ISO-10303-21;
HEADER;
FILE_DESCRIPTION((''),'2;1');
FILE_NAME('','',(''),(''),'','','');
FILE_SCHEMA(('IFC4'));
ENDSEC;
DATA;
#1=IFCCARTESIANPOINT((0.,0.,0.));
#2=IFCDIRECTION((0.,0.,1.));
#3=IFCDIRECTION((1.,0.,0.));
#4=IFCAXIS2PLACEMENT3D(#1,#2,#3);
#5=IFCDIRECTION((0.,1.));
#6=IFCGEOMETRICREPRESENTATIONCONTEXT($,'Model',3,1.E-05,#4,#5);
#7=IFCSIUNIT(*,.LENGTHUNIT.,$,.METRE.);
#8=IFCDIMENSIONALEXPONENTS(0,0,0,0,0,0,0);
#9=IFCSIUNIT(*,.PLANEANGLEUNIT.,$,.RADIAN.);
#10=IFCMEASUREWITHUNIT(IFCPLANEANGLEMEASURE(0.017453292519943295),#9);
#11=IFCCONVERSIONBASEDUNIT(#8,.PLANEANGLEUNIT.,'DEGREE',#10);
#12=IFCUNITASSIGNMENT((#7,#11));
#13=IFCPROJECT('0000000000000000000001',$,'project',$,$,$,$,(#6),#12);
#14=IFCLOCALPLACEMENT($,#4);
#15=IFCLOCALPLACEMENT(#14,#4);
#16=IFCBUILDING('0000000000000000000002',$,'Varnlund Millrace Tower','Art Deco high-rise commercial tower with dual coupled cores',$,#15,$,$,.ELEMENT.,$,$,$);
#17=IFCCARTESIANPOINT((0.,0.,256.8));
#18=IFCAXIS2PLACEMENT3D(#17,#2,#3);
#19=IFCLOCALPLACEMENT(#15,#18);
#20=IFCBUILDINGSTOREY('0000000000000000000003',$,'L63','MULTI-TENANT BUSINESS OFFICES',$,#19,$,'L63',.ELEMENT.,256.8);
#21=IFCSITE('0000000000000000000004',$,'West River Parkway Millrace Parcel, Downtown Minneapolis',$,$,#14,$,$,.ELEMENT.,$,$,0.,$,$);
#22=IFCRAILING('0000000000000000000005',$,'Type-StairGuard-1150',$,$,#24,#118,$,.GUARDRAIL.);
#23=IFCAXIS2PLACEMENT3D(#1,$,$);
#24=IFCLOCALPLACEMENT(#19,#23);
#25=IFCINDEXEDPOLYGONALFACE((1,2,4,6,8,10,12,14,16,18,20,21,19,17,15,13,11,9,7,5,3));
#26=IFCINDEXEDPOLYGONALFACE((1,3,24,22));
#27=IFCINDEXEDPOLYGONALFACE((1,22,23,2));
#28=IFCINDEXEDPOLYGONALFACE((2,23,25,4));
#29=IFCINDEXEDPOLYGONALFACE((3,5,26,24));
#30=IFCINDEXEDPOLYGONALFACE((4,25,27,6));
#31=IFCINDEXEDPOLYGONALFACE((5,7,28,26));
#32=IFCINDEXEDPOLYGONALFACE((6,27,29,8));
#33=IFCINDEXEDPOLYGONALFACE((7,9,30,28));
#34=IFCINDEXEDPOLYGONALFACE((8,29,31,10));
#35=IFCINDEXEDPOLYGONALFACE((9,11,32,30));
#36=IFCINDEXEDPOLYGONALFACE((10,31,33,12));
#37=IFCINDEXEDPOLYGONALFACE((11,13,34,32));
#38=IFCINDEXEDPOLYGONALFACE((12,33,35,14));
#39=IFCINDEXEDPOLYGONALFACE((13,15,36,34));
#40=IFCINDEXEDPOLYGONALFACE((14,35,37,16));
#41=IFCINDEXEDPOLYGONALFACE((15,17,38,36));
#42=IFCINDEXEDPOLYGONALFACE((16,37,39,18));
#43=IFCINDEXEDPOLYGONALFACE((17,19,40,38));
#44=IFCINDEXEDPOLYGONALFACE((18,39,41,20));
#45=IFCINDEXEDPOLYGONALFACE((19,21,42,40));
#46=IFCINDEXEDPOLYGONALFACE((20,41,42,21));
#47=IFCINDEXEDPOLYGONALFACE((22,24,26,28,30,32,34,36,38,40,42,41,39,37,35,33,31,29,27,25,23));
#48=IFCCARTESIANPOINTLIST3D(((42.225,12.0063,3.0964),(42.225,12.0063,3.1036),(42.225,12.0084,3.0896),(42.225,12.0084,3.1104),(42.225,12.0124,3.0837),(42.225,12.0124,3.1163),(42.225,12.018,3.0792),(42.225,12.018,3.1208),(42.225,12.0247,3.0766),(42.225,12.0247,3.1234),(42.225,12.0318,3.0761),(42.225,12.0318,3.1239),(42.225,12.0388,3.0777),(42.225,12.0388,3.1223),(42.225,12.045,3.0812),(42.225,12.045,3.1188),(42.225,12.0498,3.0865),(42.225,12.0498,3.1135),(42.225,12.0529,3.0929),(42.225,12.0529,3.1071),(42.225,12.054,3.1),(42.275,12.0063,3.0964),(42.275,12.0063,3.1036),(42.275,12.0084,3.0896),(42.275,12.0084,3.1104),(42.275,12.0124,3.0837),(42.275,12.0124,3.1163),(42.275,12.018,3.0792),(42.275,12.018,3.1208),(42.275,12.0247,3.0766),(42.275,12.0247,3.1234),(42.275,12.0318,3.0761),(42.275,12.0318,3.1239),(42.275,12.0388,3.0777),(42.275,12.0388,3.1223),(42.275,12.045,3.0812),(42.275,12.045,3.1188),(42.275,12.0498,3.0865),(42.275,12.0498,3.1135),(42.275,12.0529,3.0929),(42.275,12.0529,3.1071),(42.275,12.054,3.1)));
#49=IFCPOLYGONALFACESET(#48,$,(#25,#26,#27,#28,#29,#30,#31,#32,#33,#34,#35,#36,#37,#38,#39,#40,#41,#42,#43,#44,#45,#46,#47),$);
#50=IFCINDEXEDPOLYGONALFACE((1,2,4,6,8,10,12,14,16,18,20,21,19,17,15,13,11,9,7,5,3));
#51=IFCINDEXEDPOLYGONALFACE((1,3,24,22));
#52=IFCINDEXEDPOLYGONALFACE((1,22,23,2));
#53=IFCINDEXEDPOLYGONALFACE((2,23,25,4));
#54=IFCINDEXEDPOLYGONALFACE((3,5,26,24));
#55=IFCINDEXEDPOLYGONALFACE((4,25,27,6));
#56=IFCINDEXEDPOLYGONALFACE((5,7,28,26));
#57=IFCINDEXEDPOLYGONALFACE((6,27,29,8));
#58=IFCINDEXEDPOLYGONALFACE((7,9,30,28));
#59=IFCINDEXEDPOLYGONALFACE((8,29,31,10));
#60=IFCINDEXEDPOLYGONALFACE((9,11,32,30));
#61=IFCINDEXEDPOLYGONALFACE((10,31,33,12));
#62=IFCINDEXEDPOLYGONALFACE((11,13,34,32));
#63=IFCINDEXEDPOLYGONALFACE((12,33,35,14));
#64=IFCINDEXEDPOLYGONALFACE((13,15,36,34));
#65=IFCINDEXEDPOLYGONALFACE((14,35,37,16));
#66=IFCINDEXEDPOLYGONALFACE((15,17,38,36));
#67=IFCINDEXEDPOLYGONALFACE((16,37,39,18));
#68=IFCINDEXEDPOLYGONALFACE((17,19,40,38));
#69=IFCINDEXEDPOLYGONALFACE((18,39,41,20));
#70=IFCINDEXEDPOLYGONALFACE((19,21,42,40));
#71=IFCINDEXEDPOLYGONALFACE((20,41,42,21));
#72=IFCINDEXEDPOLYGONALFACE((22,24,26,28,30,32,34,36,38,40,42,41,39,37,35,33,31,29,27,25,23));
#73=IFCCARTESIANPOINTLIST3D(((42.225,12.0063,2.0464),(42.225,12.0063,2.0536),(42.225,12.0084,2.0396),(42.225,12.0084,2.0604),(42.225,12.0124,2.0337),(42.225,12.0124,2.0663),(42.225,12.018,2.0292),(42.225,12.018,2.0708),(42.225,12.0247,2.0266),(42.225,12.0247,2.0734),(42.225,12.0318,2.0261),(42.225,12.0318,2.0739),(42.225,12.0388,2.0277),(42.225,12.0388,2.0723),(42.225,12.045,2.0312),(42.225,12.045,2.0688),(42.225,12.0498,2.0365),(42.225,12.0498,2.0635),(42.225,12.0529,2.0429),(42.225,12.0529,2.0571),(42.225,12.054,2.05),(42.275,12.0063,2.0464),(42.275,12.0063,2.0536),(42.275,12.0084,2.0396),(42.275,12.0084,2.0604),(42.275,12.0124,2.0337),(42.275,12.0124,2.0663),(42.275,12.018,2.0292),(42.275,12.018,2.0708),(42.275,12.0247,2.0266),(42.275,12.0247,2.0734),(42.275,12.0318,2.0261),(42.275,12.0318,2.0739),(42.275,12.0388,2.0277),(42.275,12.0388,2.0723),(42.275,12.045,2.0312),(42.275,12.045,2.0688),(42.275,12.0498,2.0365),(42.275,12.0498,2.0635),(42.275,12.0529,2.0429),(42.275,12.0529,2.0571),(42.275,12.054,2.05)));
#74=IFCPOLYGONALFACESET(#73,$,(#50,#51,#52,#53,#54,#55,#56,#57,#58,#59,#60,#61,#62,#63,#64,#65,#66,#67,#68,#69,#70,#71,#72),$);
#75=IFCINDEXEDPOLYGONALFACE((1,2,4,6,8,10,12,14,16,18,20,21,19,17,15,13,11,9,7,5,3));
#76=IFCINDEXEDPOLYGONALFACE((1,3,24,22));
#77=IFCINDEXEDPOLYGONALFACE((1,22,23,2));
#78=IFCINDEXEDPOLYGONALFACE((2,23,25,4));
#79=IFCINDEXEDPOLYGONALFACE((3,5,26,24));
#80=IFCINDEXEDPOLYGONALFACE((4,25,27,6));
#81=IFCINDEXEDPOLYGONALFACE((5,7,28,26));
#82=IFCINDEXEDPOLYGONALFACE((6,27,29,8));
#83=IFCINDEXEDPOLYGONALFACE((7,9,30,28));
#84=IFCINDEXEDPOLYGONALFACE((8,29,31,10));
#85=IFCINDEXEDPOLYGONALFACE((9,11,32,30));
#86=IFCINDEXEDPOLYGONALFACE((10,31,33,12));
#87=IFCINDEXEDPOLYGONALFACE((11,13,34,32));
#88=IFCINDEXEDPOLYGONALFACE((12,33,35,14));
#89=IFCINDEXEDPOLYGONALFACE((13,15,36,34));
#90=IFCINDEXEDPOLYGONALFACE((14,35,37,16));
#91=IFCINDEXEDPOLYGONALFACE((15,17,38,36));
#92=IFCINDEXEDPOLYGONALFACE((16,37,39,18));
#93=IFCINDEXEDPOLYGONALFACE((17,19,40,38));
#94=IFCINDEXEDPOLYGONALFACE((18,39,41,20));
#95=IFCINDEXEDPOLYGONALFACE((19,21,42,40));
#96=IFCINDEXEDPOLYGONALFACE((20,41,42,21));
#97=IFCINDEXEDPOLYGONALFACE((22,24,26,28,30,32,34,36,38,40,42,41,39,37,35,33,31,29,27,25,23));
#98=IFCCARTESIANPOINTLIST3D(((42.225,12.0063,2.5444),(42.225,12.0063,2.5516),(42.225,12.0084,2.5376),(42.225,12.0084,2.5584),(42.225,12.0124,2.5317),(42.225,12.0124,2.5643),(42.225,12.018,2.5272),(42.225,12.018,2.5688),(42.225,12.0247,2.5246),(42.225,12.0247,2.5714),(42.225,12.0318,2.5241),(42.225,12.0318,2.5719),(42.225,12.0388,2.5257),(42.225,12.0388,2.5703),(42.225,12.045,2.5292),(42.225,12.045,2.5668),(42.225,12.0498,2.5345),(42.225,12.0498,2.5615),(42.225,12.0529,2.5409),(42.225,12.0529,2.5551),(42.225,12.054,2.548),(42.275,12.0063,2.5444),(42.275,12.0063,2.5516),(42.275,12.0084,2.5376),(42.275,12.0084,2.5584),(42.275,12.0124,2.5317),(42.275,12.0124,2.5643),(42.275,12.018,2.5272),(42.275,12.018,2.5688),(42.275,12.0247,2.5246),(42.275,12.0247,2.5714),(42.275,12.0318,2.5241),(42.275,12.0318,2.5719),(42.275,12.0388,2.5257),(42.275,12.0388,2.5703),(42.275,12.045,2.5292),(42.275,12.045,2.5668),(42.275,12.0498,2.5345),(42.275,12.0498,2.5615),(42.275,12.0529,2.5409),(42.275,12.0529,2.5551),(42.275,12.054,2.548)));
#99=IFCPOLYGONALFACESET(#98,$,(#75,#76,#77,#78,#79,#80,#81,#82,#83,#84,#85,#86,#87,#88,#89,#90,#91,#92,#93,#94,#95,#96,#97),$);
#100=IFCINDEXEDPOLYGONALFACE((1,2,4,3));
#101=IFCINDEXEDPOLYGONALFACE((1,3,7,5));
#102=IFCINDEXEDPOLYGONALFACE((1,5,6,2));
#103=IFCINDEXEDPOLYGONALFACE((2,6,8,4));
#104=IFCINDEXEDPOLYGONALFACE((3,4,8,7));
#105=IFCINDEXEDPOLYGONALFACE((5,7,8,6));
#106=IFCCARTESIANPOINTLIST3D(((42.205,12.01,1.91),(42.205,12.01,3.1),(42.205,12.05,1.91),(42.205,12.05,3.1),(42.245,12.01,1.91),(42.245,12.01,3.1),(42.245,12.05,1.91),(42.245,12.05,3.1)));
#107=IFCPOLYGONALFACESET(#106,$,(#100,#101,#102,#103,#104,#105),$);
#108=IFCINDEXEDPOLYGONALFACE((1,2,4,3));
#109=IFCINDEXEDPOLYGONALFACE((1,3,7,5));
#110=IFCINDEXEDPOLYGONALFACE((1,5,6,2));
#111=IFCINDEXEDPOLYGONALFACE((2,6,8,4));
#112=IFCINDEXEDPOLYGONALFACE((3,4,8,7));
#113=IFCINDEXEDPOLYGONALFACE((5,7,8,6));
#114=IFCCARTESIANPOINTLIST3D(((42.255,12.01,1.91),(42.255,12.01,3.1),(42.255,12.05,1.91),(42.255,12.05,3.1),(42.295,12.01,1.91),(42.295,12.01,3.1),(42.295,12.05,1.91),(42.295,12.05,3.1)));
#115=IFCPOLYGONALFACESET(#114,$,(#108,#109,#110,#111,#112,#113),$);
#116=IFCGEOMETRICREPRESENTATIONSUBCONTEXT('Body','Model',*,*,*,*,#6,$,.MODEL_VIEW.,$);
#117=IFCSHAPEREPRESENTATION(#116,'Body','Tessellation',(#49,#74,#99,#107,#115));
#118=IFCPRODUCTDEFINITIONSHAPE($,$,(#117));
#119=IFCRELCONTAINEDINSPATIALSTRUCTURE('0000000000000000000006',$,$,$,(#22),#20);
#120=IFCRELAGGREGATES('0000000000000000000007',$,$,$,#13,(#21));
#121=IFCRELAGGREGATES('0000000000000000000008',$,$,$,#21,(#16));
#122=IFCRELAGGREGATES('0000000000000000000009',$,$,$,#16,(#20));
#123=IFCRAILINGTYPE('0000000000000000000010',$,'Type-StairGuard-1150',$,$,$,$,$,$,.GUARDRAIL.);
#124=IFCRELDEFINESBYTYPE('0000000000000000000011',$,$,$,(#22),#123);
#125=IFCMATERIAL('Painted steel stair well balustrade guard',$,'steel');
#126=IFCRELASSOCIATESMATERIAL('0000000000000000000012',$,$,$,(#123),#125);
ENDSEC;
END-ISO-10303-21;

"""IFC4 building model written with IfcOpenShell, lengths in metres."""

from ifc_helpers import new_model, entity, si_unit, converted_unit, direction, frame, origin_with_axes, origin_2d_with_axis, place, context, subcontext, project, spatial, rectangle, circle, extrude, material, type_object, element, save


model = new_model("IFC4")

# Units and contexts
model_context = context("Model", 3, precision=1e-05, world=origin_with_axes(), true_north=direction((0.0, 1.0)))
body_context = subcontext(model_context, "Body", "Model", "MODEL_VIEW")
ifc_project = project(units=[si_unit("LENGTHUNIT", "METRE"), converted_unit("PLANEANGLEUNIT", "DEGREE", entity("IfcPlaneAngleMeasure", 0.017453292519943295), si_unit("PLANEANGLEUNIT", "RADIAN"), dimensions=[0, 0, 0, 0, 0, 0, 0])], contexts=[model_context])

# Site, building, storey
site_placement = place(None, origin_with_axes())
site = spatial("IfcSite", under=ifc_project, at=site_placement, Name="West River Parkway Millrace Parcel, Downtown Minneapolis", CompositionType="ELEMENT", RefElevation=0.0)
building_placement = place(site_placement, origin_with_axes())
building = spatial("IfcBuilding", under=site, at=building_placement, Name="Varnlund Millrace Tower", Description="Art Deco high-rise commercial tower with dual coupled cores", CompositionType="ELEMENT")
storey_placement = place(building_placement, frame((0.0, 0.0, 256.8), z_axis=(0.0, 0.0, 1.0), x_axis=(1.0, 0.0, 0.0)))
storey = spatial("IfcBuildingStorey", under=building, at=storey_placement, Name="L63", Description="MULTI-TENANT BUSINESS OFFICES", LongName="L63", CompositionType="ELEMENT", Elevation=256.8)

# Railing
ifc_material_1 = material(Name="Painted steel stair well balustrade guard", Category="steel")
railing_type_1 = type_object("IfcRailingType", Name="Type-StairGuard-1150", PredefinedType="GUARDRAIL", material=ifc_material_1)
railing_1_placement = place(storey_placement, frame((0.0, 0.0, -256.8), z_axis=(0.0, 0.0, 1.0), x_axis=(1.0, 0.0, 0.0)))
element("IfcRailing", 1, at=railing_1_placement, inside=storey, type_object=railing_type_1, Name="Type-StairGuard-1150", PredefinedType="GUARDRAIL", context=body_context, shape_type="SweptSolid", body=[
    extrude(circle(Radius=0.024, at=origin_2d_with_axis()), frame((42.225, 12.03, 259.9), z_axis=(1.0, 0.0, 0.0), x_axis=(0.0, 1.0, 0.0)), (0.0, 0.0, 1.0), 0.05),
    extrude(circle(Radius=0.024, at=origin_2d_with_axis()), frame((42.225, 12.03, 258.85), z_axis=(1.0, 0.0, 0.0), x_axis=(0.0, 1.0, 0.0)), (0.0, 0.0, 1.0), 0.05),
    extrude(circle(Radius=0.024, at=origin_2d_with_axis()), frame((42.225, 12.03, 259.348), z_axis=(1.0, 0.0, 0.0), x_axis=(0.0, 1.0, 0.0)), (0.0, 0.0, 1.0), 0.05),
    extrude(rectangle(XDim=0.04, YDim=0.04, at=origin_2d_with_axis()), frame((42.225, 12.03, 258.71), z_axis=(0.0, 0.0, 1.0), x_axis=(1.0, 0.0, 0.0)), (0.0, 0.0, 1.0), 1.19),
    extrude(rectangle(XDim=0.04, YDim=0.04, at=origin_2d_with_axis()), frame((42.275, 12.03, 258.71), z_axis=(0.0, 0.0, 1.0), x_axis=(1.0, 0.0, 0.0)), (0.0, 0.0, 1.0), 1.19),
])

save(model, "model.ifc")
